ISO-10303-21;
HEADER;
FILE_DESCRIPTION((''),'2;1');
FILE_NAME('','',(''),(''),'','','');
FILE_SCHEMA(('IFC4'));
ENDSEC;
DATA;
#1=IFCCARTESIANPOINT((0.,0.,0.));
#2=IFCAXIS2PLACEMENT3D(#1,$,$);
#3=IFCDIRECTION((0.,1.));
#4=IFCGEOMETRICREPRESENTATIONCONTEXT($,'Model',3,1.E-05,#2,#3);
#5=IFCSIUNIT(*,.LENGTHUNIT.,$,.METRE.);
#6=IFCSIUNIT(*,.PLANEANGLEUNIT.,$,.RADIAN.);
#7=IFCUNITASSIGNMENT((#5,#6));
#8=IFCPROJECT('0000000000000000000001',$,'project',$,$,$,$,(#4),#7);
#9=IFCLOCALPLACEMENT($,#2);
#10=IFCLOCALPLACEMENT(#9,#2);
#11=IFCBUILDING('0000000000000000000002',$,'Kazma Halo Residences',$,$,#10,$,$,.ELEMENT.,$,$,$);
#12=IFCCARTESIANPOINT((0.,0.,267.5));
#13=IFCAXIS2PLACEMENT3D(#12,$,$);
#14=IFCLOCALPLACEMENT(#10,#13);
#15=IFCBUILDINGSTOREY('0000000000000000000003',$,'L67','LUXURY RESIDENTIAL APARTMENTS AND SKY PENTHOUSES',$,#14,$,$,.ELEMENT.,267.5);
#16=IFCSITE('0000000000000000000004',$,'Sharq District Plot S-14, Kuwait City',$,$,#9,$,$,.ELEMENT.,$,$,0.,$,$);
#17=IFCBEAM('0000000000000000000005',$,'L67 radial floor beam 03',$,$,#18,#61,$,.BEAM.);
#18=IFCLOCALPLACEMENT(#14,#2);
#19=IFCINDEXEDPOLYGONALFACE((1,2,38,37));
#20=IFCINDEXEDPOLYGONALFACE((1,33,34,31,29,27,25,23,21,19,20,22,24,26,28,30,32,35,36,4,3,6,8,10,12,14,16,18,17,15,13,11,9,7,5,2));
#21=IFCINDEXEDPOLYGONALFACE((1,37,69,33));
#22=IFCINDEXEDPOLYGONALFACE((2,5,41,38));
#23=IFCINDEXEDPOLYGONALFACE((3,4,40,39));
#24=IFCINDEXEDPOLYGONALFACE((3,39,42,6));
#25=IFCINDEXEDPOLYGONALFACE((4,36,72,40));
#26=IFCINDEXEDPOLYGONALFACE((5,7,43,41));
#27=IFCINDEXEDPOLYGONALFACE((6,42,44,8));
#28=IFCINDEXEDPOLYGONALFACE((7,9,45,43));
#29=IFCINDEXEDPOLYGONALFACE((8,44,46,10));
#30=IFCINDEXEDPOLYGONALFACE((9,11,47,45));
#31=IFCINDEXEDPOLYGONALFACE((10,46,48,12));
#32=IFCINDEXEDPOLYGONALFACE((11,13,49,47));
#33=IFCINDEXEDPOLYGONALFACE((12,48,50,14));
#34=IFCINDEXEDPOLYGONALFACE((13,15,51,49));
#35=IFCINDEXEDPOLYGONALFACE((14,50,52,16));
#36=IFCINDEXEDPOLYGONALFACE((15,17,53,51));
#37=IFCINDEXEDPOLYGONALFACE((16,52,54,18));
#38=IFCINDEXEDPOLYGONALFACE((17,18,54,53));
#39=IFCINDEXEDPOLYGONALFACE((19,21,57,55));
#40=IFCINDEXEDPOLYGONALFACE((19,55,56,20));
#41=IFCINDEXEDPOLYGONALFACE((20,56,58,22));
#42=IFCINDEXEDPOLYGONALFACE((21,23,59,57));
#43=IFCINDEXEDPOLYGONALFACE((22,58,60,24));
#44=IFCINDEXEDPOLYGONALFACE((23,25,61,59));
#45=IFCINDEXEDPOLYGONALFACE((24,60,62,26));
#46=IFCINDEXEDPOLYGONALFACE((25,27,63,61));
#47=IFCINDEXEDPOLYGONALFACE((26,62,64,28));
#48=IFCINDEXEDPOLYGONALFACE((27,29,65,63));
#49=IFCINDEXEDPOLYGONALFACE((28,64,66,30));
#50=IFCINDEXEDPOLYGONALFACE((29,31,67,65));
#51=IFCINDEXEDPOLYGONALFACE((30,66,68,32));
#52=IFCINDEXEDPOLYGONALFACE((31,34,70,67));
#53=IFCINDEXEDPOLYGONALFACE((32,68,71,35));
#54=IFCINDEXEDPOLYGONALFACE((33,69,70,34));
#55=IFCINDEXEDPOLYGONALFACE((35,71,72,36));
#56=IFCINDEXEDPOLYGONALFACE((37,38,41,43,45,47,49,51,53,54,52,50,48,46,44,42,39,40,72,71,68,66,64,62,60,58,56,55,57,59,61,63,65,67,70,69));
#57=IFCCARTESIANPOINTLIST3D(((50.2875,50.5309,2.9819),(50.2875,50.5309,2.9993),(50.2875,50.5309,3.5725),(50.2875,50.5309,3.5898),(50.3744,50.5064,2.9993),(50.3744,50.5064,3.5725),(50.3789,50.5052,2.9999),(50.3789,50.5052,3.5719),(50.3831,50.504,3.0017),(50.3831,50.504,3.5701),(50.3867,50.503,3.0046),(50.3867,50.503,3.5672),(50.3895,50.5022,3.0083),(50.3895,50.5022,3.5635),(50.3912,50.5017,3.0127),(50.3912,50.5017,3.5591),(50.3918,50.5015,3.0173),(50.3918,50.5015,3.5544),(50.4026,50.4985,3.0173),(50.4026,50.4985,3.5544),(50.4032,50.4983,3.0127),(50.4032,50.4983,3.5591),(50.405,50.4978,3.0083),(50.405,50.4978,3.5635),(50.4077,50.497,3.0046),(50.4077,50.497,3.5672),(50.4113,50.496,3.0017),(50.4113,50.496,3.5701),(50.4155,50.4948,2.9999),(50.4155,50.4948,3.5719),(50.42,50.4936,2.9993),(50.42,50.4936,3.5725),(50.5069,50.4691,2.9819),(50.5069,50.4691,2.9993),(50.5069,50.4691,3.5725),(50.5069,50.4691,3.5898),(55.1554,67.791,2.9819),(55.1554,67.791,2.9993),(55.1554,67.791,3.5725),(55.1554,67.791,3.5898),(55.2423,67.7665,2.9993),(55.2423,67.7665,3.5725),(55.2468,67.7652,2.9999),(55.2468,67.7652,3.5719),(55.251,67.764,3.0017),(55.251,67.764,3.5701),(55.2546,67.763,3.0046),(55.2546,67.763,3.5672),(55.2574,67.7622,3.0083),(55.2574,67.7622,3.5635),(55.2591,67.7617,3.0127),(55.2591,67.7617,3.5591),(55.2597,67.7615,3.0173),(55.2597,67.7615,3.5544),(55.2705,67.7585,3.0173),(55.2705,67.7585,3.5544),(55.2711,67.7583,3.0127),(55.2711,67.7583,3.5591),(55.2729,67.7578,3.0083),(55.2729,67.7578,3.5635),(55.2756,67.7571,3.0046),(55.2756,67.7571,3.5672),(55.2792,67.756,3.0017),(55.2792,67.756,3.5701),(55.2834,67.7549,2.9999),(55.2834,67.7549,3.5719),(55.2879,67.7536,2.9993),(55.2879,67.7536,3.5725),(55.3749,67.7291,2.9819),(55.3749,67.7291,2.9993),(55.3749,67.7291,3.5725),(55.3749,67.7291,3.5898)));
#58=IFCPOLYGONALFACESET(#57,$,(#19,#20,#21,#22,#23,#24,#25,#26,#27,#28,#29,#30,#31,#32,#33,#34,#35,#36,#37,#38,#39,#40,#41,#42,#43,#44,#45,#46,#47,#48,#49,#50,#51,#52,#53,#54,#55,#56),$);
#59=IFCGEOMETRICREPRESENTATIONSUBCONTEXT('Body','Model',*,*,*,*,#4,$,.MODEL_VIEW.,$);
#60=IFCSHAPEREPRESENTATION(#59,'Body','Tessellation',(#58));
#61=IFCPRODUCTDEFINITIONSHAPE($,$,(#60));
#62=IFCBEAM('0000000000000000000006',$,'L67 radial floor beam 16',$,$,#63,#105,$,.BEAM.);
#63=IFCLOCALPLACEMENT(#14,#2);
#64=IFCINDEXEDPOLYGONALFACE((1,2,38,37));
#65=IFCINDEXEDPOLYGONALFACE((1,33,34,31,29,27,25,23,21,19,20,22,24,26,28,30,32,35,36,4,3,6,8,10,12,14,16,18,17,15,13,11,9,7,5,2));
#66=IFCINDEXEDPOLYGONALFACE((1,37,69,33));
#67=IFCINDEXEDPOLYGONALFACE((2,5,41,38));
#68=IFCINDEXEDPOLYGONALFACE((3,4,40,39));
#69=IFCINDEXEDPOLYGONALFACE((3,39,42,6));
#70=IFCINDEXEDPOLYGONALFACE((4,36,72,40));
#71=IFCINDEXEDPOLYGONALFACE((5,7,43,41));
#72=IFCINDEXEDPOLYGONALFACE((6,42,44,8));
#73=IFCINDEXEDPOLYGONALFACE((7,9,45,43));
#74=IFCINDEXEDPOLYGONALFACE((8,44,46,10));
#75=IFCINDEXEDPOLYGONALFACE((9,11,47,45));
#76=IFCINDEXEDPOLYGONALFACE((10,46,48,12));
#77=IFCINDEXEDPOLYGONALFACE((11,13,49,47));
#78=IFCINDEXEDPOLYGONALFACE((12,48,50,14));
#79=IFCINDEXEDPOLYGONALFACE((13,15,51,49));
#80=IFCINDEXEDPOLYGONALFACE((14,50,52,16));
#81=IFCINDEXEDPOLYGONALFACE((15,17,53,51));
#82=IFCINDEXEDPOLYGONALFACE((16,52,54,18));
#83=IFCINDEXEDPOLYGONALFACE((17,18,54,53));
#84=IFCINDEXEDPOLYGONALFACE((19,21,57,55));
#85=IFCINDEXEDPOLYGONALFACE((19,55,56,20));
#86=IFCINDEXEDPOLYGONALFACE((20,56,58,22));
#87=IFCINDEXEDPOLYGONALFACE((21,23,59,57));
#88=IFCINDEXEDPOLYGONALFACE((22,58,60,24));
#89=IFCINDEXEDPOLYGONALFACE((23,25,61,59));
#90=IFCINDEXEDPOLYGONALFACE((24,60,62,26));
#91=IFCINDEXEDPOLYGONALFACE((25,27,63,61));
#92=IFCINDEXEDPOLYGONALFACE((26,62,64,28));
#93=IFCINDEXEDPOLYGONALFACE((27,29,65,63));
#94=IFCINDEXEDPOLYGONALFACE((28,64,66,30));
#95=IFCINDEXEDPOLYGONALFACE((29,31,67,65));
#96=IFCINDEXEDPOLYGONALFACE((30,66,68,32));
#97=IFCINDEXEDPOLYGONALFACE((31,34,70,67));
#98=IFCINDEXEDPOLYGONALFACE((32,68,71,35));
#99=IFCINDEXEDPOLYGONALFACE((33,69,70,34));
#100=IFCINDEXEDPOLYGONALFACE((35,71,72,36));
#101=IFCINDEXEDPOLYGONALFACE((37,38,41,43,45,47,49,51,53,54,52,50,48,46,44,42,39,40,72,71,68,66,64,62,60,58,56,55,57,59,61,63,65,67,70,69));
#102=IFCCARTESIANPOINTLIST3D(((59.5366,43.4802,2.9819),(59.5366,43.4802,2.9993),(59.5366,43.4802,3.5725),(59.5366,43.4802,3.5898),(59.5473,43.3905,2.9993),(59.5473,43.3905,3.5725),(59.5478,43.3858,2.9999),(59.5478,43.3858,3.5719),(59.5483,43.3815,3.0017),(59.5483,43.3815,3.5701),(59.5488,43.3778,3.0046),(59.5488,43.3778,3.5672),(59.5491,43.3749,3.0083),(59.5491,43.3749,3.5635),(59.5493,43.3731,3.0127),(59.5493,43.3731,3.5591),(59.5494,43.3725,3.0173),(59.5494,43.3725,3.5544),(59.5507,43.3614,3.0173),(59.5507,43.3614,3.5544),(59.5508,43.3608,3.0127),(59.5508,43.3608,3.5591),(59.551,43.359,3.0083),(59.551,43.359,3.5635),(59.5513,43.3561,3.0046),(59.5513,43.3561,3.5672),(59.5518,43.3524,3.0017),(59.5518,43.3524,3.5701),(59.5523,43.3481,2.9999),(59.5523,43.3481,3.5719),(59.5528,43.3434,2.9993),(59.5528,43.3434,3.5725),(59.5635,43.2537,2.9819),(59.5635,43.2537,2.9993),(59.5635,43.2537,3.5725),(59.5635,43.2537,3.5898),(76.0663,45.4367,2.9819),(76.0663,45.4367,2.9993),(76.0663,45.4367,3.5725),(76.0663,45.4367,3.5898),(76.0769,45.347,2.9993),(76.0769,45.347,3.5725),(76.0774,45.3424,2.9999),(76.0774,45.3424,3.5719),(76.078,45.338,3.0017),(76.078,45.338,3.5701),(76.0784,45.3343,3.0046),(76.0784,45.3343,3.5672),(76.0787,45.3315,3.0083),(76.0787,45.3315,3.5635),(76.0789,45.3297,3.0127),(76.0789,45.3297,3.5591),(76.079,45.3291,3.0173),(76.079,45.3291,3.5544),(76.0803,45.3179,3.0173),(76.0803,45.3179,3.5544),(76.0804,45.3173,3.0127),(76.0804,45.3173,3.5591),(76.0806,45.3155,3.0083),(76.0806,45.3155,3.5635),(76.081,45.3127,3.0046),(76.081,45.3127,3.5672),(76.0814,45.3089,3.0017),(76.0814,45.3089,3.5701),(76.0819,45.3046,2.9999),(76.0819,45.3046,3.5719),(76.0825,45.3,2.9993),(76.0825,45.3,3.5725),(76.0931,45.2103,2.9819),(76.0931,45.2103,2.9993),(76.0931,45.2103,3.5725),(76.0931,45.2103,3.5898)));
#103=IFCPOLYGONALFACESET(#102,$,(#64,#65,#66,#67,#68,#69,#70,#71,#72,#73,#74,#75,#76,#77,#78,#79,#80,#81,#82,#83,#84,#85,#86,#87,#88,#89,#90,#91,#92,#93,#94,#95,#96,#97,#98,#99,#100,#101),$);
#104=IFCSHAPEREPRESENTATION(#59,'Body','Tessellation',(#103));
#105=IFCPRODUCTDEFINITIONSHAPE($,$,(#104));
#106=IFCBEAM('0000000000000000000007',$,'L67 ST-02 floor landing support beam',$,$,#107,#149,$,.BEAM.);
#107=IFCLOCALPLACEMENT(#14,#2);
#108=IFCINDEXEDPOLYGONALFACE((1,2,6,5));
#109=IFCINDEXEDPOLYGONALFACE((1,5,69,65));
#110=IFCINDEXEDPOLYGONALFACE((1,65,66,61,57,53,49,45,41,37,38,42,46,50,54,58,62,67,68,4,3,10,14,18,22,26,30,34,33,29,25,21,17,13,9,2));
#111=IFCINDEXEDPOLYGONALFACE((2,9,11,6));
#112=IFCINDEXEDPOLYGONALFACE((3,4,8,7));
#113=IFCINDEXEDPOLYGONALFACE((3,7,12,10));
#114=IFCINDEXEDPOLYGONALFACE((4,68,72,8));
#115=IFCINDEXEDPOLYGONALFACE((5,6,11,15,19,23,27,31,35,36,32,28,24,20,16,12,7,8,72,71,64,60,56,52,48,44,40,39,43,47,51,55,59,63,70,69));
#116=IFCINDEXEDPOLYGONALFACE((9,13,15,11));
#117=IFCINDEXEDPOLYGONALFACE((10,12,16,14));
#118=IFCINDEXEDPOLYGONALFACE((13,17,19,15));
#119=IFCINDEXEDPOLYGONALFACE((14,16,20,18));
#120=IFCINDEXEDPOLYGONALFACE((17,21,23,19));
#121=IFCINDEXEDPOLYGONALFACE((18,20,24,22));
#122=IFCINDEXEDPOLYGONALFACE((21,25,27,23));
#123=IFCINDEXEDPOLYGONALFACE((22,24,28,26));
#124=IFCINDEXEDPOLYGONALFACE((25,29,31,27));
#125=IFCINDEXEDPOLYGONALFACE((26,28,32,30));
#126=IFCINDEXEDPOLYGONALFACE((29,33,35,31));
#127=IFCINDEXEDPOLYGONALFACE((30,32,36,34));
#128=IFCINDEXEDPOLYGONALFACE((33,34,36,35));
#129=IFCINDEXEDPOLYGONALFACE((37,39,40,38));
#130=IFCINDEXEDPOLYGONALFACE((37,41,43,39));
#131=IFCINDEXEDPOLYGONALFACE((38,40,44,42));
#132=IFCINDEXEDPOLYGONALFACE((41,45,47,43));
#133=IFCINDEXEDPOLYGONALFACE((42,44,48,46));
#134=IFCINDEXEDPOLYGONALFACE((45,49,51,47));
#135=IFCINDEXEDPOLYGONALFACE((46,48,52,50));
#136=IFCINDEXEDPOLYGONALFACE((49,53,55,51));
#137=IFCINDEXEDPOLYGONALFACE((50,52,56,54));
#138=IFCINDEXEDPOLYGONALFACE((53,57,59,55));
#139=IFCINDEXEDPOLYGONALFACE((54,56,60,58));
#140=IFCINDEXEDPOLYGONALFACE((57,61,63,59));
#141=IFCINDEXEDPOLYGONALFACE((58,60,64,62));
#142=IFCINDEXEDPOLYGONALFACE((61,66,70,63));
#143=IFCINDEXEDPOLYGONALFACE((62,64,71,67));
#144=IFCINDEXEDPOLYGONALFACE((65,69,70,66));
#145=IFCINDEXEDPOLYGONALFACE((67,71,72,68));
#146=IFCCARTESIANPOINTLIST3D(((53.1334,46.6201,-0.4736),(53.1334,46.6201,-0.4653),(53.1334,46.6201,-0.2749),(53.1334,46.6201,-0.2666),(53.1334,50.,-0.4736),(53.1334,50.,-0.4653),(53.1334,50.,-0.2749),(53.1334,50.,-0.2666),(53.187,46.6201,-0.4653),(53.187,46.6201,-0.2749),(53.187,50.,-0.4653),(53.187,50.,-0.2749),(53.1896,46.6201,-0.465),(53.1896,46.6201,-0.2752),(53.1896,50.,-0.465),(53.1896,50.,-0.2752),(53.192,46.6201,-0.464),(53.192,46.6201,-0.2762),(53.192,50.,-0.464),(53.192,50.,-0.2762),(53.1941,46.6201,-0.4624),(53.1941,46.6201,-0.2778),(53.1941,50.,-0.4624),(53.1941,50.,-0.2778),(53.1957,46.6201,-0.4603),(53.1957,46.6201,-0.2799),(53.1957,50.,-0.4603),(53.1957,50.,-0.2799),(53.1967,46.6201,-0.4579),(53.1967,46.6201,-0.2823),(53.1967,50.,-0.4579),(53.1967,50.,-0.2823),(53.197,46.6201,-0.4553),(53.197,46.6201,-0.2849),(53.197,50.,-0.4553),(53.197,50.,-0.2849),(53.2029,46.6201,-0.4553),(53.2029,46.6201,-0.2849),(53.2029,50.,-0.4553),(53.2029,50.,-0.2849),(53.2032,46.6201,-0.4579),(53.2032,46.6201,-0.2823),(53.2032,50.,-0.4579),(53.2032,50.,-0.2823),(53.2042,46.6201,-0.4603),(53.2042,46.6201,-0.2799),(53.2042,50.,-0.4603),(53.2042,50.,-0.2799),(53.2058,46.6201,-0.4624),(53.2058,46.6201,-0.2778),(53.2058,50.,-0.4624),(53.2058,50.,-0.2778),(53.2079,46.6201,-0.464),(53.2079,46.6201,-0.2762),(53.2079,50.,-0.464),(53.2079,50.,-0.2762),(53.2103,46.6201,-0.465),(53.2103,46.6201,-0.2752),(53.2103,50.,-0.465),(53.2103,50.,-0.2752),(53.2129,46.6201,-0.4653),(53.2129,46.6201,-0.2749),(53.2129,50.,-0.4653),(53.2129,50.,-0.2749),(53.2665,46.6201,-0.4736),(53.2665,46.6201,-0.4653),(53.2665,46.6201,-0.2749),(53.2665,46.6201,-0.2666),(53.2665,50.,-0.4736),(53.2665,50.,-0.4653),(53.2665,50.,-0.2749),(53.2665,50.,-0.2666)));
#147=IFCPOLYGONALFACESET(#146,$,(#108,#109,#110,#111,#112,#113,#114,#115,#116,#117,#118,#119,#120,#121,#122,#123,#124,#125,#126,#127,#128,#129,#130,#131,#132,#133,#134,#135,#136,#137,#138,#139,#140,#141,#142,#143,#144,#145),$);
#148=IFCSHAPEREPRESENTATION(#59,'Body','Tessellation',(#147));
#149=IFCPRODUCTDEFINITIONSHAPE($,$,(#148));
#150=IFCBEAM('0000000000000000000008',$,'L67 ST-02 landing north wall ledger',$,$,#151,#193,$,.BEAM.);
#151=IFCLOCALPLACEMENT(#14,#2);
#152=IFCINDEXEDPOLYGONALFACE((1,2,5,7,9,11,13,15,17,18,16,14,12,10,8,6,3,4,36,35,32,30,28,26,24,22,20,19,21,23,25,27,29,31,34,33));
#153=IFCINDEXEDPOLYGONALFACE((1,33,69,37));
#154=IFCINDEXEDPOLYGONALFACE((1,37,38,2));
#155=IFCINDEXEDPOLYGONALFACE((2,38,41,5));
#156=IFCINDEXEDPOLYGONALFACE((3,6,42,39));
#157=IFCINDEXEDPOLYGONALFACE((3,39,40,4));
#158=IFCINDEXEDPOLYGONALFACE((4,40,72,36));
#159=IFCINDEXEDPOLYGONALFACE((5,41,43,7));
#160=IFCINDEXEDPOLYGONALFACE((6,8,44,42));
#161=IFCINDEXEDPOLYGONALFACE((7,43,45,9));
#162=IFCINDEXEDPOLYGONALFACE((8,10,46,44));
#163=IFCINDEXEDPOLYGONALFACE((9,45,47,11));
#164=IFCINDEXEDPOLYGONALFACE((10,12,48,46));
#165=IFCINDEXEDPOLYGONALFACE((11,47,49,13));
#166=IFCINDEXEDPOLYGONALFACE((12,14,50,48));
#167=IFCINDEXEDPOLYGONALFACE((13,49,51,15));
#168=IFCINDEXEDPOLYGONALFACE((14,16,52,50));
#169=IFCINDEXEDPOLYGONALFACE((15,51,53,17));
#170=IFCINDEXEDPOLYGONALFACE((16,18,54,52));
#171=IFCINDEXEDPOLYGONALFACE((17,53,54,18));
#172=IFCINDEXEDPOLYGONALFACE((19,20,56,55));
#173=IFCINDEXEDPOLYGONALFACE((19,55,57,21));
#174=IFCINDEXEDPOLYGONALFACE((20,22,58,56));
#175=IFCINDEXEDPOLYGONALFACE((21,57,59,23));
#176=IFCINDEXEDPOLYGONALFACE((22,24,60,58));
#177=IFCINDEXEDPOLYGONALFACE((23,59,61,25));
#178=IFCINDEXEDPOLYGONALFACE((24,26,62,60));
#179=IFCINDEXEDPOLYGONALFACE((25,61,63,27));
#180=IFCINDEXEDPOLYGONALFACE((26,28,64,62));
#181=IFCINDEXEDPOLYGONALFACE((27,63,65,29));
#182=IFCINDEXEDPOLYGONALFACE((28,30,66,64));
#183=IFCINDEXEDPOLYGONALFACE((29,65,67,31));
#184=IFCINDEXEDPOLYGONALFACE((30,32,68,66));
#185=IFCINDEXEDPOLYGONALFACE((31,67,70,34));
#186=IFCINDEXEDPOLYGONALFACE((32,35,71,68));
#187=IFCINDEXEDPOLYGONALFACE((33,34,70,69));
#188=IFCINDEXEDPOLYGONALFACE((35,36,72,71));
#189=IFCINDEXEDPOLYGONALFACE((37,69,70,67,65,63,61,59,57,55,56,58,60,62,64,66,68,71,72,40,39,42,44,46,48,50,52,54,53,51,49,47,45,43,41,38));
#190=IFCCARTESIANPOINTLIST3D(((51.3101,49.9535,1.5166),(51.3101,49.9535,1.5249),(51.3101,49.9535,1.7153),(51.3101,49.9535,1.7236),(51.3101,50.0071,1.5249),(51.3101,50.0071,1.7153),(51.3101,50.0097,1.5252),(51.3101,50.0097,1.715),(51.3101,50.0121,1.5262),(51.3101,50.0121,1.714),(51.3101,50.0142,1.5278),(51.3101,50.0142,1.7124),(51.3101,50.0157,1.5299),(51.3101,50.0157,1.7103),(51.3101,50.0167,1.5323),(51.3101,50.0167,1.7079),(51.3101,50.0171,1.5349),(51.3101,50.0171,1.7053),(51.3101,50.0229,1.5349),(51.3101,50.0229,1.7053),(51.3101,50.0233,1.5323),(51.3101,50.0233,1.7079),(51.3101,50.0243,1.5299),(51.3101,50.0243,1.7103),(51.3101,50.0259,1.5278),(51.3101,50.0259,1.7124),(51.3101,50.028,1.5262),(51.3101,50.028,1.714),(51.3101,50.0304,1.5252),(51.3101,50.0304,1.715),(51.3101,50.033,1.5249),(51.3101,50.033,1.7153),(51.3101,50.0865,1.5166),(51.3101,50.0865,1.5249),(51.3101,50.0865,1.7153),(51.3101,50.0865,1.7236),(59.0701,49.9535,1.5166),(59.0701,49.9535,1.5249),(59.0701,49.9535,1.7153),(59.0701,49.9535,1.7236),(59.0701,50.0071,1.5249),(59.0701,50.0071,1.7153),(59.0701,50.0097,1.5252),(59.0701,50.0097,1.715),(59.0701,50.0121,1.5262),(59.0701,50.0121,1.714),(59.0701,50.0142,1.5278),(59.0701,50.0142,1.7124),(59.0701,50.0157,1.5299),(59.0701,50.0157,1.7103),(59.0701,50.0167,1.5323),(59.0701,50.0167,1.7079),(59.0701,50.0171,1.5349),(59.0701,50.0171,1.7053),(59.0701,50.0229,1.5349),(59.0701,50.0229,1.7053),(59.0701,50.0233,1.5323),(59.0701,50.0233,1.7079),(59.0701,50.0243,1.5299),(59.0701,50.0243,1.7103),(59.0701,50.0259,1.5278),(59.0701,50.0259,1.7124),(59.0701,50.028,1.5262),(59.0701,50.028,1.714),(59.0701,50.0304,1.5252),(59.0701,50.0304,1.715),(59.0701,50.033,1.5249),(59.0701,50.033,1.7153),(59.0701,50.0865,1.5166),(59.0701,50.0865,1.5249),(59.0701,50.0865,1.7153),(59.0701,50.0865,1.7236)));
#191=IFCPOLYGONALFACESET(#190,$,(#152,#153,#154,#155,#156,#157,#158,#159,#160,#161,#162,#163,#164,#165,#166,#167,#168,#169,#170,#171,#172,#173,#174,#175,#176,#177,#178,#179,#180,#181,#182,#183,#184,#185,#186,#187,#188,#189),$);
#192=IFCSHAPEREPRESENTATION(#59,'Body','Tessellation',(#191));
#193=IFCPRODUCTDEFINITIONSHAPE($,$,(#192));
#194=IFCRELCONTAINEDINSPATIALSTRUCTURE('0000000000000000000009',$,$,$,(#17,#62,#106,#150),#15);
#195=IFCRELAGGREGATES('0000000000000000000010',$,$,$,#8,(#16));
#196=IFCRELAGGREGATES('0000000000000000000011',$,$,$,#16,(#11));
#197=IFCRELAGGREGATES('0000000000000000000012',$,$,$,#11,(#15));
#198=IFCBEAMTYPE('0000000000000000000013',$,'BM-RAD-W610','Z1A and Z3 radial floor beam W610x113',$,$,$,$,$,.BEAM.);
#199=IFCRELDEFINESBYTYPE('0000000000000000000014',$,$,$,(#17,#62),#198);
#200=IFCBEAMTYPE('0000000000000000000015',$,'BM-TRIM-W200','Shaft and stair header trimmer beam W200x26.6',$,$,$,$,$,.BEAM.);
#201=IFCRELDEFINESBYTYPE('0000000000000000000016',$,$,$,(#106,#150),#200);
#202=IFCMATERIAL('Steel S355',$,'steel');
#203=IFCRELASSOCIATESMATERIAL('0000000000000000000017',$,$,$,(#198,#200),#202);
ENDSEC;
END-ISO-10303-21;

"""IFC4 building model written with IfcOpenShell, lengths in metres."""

from ifc_helpers import new_model, si_unit, direction, frame, origin, origin_2d, place, context, subcontext, project, spatial, i_section, extrude, material, material_profile, profile_set, type_object, element, save


model = new_model("IFC4")

# Units and contexts
model_context = context("Model", 3, precision=1e-05, world=origin(), true_north=direction((0.0, 1.0)))
body_context = subcontext(model_context, "Body", "Model", "MODEL_VIEW")
ifc_project = project(units=[si_unit("LENGTHUNIT", "METRE"), si_unit("PLANEANGLEUNIT", "RADIAN")], contexts=[model_context])

# Site, building, storey
site_placement = place(None, origin())
site = spatial("IfcSite", under=ifc_project, at=site_placement, Name="Sharq District Plot S-14, Kuwait City", CompositionType="ELEMENT", RefElevation=0.0)
building_placement = place(site_placement, origin())
building = spatial("IfcBuilding", under=site, at=building_placement, Name="Kazma Halo Residences", CompositionType="ELEMENT")
storey_placement = place(building_placement, frame((0.0, 0.0, 267.5)))
storey = spatial("IfcBuildingStorey", under=building, at=storey_placement, Name="L67", Description="LUXURY RESIDENTIAL APARTMENTS AND SKY PENTHOUSES", CompositionType="ELEMENT", Elevation=267.5)

# Shared definitions
ifc_material_1 = material(Name="Steel S355", Category="steel")

# Beams
ifc_material_profile_1 = material_profile(ifc_material_1, i_section(OverallWidth=0.228, OverallDepth=0.6079, WebThickness=0.0112, FlangeThickness=0.0173, FilletRadius=0.0181, at=origin_2d()), Name="W610x113")
ifc_profile_set_1 = profile_set([ifc_material_profile_1], Name="Steel S355")
beam_type_1 = type_object("IfcBeamType", Name="BM-RAD-W610", Description="Z1A and Z3 radial floor beam W610x113", PredefinedType="BEAM", material=ifc_profile_set_1)
beam_1_placement = place(storey_placement, frame((50.3972, 50.5, 3.2859), z_axis=(0.271445, 0.962454, 0.0), x_axis=(-0.962454, 0.271445, 0.0)))
element("IfcBeam", 1, at=beam_1_placement, inside=storey, type_object=beam_type_1, Name="L67 radial floor beam 03", PredefinedType="BEAM", context=body_context, shape_type="SweptSolid", body=[
    extrude(i_section(OverallWidth=0.228, OverallDepth=0.6079, WebThickness=0.0112, FlangeThickness=0.0173, FilletRadius=0.0181, at=origin_2d()), origin(), (0.0, 0.0, 1.0), 17.9333),
])
beam_2_placement = place(storey_placement, frame((59.55, 43.3669, 3.2859), z_axis=(0.993067, 0.117546, 0.0), x_axis=(-0.117546, 0.993067, 0.0)))
element("IfcBeam", 2, at=beam_2_placement, inside=storey, type_object=beam_type_1, Name="L67 radial floor beam 16", PredefinedType="BEAM", context=body_context, shape_type="SweptSolid", body=[
    extrude(i_section(OverallWidth=0.228, OverallDepth=0.6079, WebThickness=0.0112, FlangeThickness=0.0173, FilletRadius=0.0181, at=origin_2d()), origin(), (0.0, 0.0, 1.0), 16.645),
])
ifc_material_profile_2 = material_profile(ifc_material_1, i_section(OverallWidth=0.1331, OverallDepth=0.207, WebThickness=0.0059, FlangeThickness=0.0083, FilletRadius=0.01, at=origin_2d()), Name="W200x26.6")
ifc_profile_set_2 = profile_set([ifc_material_profile_2], Name="Steel S355")
beam_type_2 = type_object("IfcBeamType", Name="BM-TRIM-W200", Description="Shaft and stair header trimmer beam W200x26.6", PredefinedType="BEAM", material=ifc_profile_set_2)
beam_3_placement = place(storey_placement, frame((53.2, 46.6201, -0.3701), z_axis=(0.0, 1.0, 0.0), x_axis=(-1.0, 0.0, 0.0)))
element("IfcBeam", 3, at=beam_3_placement, inside=storey, type_object=beam_type_2, Name="L67 ST-02 floor landing support beam", PredefinedType="BEAM", context=body_context, shape_type="SweptSolid", body=[
    extrude(i_section(OverallWidth=0.1331, OverallDepth=0.207, WebThickness=0.0059, FlangeThickness=0.0083, FilletRadius=0.01, at=origin_2d()), origin(), (0.0, 0.0, 1.0), 3.3799),
])
beam_4_placement = place(storey_placement, frame((51.3101, 50.02, 1.6201), z_axis=(1.0, 0.0, 0.0), x_axis=(0.0, 1.0, 0.0)))
element("IfcBeam", 4, at=beam_4_placement, inside=storey, type_object=beam_type_2, Name="L67 ST-02 landing north wall ledger", PredefinedType="BEAM", context=body_context, shape_type="SweptSolid", body=[
    extrude(i_section(OverallWidth=0.1331, OverallDepth=0.207, WebThickness=0.0059, FlangeThickness=0.0083, FilletRadius=0.01, at=origin_2d()), origin(), (0.0, 0.0, 1.0), 7.76),
])

save(model, "model.ifc")
